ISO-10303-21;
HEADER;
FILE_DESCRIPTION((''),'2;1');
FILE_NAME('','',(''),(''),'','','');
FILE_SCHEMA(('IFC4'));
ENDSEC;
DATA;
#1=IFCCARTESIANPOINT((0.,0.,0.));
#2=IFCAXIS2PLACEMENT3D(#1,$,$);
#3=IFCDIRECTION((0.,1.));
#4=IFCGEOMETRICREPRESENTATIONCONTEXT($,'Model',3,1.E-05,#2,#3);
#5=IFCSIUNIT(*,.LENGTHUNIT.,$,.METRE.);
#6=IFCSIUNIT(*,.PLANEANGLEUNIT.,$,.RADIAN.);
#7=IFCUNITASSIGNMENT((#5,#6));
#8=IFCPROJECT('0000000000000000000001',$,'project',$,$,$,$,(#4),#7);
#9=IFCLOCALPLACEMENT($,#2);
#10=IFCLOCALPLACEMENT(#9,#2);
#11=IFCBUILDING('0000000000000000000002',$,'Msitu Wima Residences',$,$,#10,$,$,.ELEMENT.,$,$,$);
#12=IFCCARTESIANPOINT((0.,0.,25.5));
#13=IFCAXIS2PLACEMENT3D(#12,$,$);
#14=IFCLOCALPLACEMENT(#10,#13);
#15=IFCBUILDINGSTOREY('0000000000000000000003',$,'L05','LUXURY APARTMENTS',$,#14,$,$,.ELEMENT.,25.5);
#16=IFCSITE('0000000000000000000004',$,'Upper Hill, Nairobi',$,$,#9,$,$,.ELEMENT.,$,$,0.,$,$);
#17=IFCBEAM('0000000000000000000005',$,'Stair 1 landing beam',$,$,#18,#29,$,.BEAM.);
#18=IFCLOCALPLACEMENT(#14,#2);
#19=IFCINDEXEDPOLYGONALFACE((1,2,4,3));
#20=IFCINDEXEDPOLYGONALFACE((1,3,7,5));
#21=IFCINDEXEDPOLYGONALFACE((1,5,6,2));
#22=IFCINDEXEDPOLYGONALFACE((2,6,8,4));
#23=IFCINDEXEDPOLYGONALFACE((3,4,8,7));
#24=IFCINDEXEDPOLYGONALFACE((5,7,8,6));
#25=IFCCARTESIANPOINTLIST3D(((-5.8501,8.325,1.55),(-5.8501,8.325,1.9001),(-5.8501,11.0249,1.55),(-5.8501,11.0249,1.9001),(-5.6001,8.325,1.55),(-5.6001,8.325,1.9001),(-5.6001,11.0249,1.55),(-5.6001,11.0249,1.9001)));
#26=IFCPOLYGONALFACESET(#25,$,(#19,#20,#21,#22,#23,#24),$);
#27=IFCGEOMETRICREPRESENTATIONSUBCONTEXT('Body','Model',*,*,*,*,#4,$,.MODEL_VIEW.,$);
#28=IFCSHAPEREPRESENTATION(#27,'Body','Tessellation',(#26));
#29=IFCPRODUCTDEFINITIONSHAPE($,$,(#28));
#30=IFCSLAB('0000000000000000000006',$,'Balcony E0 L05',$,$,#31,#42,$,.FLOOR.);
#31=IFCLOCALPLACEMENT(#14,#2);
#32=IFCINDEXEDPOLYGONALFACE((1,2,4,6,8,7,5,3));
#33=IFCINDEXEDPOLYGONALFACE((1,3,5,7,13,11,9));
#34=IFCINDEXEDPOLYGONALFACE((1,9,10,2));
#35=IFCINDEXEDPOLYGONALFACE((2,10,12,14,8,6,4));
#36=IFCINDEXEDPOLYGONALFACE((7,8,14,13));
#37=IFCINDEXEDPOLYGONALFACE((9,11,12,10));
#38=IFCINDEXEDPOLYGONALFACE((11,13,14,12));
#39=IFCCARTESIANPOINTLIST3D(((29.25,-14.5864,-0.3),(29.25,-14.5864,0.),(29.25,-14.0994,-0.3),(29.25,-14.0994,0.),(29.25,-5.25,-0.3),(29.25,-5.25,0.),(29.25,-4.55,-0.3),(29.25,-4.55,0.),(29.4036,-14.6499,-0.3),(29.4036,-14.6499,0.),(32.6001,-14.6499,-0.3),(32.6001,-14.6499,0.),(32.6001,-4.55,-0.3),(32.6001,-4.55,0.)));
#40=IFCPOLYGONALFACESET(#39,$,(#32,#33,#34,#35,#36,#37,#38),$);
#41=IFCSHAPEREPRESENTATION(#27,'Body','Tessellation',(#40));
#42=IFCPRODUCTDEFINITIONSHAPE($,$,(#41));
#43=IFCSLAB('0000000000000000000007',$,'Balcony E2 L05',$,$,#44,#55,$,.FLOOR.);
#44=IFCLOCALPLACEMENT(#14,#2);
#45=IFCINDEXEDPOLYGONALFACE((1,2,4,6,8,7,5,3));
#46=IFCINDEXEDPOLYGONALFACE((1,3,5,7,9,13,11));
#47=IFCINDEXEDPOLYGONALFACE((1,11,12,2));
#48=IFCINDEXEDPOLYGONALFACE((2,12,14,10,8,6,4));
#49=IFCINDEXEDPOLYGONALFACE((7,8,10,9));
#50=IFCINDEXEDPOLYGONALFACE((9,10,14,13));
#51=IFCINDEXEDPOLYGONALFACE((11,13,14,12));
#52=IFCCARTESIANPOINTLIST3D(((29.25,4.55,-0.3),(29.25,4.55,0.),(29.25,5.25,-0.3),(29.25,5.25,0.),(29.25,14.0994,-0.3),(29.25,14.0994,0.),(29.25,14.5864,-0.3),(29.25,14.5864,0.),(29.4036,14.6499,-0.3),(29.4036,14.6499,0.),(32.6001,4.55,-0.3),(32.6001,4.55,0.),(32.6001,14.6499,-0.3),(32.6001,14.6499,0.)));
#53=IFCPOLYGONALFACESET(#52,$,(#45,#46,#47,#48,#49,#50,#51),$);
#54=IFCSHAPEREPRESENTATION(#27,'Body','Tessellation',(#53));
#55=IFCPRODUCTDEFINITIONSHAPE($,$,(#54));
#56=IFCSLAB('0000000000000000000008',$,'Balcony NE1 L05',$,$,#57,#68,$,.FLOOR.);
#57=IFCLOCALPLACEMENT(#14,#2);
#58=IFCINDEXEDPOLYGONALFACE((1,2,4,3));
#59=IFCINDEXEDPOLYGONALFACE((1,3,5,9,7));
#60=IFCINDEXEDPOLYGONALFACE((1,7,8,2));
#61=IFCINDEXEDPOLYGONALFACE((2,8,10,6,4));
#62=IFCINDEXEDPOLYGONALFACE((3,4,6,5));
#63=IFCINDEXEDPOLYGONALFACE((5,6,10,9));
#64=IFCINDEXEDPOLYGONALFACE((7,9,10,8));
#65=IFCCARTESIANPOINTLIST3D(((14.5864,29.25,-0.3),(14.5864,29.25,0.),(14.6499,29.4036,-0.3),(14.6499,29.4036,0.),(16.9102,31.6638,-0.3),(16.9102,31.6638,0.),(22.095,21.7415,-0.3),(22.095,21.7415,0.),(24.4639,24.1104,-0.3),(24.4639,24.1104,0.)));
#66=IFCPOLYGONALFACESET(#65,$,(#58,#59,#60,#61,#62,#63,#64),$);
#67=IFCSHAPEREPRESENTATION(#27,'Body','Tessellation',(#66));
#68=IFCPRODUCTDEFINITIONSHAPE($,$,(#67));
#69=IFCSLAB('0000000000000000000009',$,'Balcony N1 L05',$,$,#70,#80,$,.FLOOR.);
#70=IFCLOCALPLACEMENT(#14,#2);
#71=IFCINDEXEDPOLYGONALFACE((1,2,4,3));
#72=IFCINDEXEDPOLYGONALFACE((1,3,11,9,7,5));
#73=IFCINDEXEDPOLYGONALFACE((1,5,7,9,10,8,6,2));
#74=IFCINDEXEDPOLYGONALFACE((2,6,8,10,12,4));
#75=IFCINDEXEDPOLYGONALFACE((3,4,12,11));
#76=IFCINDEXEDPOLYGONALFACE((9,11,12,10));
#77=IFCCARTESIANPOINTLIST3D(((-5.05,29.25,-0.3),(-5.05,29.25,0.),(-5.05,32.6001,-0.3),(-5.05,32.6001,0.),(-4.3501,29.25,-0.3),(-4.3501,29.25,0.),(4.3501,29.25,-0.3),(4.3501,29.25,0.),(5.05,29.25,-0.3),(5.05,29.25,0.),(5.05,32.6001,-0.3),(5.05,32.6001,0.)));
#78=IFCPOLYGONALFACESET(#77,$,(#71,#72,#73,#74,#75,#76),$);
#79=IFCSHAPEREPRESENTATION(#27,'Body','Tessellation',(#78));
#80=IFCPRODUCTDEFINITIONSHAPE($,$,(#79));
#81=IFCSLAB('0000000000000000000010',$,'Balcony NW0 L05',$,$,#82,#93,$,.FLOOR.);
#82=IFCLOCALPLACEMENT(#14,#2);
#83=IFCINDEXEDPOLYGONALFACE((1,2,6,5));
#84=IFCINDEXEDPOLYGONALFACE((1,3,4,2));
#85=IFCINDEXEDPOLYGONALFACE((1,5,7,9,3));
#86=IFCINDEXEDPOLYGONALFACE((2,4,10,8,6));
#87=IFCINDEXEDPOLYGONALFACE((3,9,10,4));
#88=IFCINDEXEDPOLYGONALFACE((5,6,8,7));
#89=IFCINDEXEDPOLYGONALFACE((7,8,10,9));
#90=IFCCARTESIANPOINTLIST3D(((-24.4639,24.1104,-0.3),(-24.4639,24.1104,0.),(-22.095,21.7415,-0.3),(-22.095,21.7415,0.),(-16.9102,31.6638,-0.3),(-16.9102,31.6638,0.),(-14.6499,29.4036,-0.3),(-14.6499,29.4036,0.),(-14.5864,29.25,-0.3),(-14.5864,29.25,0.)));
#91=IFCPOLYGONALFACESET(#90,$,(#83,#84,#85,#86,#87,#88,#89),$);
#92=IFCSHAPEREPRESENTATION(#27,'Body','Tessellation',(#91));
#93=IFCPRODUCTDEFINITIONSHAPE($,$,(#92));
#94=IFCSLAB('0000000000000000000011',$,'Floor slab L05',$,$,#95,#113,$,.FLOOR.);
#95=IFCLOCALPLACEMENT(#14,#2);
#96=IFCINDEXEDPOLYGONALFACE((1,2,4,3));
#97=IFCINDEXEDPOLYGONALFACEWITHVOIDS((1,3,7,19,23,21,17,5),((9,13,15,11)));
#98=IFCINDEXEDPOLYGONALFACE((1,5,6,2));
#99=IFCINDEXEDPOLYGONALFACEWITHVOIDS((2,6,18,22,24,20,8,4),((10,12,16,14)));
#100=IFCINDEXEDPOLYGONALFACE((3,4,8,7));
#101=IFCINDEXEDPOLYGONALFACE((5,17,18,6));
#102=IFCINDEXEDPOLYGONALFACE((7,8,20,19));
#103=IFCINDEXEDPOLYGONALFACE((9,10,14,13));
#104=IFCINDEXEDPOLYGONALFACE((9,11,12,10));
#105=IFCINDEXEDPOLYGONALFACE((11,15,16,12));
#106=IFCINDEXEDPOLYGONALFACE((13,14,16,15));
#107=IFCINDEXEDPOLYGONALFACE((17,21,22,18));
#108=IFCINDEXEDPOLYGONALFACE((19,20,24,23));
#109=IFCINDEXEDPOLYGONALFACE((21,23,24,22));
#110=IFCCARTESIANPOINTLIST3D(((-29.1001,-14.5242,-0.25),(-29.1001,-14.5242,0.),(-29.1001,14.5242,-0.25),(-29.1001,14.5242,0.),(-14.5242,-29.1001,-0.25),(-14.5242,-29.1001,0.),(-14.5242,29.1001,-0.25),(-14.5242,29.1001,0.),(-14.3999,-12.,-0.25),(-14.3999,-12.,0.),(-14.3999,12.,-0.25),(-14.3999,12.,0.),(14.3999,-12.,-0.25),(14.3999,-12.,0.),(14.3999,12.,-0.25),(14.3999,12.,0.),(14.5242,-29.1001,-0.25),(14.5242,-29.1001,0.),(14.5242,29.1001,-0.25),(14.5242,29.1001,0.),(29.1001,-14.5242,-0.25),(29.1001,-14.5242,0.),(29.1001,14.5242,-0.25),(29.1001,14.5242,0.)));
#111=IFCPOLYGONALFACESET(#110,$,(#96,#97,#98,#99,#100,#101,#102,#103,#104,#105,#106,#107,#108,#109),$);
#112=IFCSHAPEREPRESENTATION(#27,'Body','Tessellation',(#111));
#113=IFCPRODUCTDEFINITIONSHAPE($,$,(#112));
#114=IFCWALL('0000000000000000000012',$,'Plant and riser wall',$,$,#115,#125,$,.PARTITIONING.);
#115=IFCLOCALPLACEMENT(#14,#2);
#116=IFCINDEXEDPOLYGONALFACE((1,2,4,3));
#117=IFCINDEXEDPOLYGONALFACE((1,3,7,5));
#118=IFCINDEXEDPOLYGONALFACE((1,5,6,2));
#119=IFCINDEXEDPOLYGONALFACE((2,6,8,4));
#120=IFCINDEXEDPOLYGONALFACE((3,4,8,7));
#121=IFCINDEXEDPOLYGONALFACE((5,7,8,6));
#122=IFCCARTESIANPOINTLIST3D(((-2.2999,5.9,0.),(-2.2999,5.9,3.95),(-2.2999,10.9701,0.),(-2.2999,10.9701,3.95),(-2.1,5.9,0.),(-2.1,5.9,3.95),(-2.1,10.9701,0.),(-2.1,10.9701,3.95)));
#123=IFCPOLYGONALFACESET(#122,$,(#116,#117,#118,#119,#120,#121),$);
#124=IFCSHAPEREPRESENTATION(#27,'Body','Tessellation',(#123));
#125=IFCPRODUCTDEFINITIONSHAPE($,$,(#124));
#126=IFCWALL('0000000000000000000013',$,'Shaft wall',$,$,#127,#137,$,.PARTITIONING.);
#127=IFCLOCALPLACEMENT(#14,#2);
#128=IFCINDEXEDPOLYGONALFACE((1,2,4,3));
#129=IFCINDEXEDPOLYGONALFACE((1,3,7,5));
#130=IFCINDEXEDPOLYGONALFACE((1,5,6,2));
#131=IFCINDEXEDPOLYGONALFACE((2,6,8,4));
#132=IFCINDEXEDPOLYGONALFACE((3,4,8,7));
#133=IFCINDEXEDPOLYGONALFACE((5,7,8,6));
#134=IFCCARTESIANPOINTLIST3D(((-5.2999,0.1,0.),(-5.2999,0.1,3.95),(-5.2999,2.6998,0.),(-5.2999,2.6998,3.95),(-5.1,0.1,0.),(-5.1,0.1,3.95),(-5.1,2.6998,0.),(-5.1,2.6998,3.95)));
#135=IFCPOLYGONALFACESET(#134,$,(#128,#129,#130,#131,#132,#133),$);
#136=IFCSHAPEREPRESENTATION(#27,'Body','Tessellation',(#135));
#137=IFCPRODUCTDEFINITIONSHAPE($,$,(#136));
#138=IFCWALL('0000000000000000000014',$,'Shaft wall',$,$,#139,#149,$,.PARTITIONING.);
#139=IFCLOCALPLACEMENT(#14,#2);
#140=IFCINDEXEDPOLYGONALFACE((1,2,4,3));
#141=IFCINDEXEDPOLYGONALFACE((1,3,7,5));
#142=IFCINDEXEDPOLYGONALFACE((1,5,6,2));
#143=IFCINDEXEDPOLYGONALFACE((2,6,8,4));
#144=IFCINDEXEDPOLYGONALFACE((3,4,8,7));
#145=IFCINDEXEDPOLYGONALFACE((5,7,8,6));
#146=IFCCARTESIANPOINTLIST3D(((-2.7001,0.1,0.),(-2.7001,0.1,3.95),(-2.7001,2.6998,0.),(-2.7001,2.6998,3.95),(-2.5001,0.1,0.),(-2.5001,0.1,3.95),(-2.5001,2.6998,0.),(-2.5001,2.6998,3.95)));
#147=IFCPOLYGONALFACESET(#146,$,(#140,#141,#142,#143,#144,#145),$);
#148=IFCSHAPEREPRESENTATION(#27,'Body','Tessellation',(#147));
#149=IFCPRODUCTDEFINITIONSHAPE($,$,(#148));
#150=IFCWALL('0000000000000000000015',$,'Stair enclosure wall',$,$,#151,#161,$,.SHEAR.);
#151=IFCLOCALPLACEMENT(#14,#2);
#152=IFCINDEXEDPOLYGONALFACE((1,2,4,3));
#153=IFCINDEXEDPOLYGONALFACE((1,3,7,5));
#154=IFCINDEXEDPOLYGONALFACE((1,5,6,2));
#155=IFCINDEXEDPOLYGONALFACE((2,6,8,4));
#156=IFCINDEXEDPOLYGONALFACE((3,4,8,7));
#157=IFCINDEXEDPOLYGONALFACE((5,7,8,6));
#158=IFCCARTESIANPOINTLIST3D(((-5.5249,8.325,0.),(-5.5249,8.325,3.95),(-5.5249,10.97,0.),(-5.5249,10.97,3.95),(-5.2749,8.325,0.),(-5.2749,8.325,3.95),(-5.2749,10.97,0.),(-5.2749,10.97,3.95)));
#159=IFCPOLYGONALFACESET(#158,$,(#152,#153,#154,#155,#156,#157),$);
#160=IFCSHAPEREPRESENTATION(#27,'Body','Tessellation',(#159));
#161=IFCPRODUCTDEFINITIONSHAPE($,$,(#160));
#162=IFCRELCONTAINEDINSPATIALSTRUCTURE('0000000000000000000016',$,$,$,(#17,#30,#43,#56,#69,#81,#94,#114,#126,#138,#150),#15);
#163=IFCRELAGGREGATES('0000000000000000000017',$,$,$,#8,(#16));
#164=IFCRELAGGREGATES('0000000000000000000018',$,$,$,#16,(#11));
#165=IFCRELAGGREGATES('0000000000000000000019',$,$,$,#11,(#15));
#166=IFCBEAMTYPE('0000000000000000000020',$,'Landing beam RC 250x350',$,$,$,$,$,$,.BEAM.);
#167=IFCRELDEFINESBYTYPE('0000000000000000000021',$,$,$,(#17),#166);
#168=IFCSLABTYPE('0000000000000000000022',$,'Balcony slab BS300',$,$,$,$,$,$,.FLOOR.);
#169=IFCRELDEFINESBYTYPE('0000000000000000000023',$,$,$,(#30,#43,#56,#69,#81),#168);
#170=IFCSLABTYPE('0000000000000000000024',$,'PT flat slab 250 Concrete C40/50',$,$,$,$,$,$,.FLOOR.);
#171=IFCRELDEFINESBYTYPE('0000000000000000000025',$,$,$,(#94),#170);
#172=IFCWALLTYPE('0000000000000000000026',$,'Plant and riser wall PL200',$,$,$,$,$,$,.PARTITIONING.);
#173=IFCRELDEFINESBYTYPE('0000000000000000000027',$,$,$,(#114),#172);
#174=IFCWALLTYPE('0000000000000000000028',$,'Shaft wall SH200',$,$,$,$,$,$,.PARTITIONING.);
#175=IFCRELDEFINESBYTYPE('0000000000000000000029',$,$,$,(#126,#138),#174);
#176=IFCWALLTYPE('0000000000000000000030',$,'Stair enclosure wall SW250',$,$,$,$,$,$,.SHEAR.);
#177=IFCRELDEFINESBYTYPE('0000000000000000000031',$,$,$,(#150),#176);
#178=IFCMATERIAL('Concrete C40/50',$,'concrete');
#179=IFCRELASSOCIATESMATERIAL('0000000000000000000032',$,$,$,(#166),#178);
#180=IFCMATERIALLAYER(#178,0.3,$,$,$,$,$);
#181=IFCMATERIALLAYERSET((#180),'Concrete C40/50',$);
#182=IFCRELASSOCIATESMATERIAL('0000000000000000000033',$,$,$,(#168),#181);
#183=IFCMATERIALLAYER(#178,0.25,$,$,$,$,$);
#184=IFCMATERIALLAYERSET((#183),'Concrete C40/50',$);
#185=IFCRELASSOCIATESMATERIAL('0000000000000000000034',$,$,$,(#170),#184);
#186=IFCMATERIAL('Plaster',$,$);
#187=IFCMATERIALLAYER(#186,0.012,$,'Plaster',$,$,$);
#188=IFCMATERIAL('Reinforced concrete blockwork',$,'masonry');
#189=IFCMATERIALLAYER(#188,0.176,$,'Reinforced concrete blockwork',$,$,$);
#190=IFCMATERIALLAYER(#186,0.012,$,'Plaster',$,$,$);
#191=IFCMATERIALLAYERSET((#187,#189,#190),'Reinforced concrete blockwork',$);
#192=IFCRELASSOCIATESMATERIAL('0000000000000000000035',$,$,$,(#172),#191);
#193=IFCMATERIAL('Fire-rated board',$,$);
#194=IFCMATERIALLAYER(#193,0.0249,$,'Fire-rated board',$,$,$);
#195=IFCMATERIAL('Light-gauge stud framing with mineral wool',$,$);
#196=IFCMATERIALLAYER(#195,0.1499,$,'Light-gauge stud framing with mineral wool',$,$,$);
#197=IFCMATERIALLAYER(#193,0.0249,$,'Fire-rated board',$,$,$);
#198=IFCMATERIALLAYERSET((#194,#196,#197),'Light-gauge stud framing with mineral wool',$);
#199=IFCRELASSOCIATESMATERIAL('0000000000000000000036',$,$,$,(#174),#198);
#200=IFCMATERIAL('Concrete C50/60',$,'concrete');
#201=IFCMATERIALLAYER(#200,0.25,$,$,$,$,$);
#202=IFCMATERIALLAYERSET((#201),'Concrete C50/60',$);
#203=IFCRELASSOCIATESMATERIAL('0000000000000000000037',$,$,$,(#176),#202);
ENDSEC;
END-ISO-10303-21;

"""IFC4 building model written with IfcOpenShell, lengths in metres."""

from ifc_helpers import new_model, si_unit, direction, frame, frame_2d, origin, origin_2d, place, context, subcontext, project, spatial, polyline, rectangle, outline, extrude, material, layer, layer_set, material_profile, profile_set, type_object, element, save


model = new_model("IFC4")

# Units and contexts
model_context = context("Model", 3, precision=1e-05, world=origin(), true_north=direction((0.0, 1.0)))
body_context = subcontext(model_context, "Body", "Model", "MODEL_VIEW")
ifc_project = project(units=[si_unit("LENGTHUNIT", "METRE"), si_unit("PLANEANGLEUNIT", "RADIAN")], contexts=[model_context])

# Site, building, storey
site_placement = place(None, origin())
site = spatial("IfcSite", under=ifc_project, at=site_placement, Name="Upper Hill, Nairobi", CompositionType="ELEMENT", RefElevation=0.0)
building_placement = place(site_placement, origin())
building = spatial("IfcBuilding", under=site, at=building_placement, Name="Msitu Wima Residences", CompositionType="ELEMENT")
storey_placement = place(building_placement, frame((0.0, 0.0, 25.5)))
storey = spatial("IfcBuildingStorey", under=building, at=storey_placement, Name="L05", Description="LUXURY APARTMENTS", CompositionType="ELEMENT", Elevation=25.5)

# Beam
ifc_material_1 = material(Name="Concrete C40/50", Category="concrete")
ifc_material_profile = material_profile(ifc_material_1, rectangle(XDim=0.25, YDim=0.3501, at=origin_2d()), Name="RC 250x350")
ifc_profile_set = profile_set([ifc_material_profile], Name="Concrete C40/50")
beam_type = type_object("IfcBeamType", Name="Landing beam RC 250x350", PredefinedType="BEAM", material=ifc_profile_set)
beam_placement = place(storey_placement, frame((-5.7251, 8.325, 1.7251), z_axis=(0.0, 1.0, 0.0), x_axis=(-1.0, 0.0, 0.0)))
element("IfcBeam", 1, at=beam_placement, inside=storey, type_object=beam_type, Name="Stair 1 landing beam", PredefinedType="BEAM", context=body_context, shape_type="SweptSolid", body=[
    extrude(rectangle(XDim=0.25, YDim=0.3501, at=origin_2d()), origin(), (0.0, 0.0, 1.0), 2.7),
])

# Slabs
ifc_layer_1 = layer(ifc_material_1, 0.3)
ifc_layer_set_1 = layer_set([ifc_layer_1], Name="Concrete C40/50")
slab_type_1 = type_object("IfcSlabType", Name="Balcony slab BS300", PredefinedType="FLOOR", material=ifc_layer_set_1)
slab_1_placement = place(storey_placement, frame((0.0, 0.0, -0.3)))
element("IfcSlab", 2, at=slab_1_placement, inside=storey, type_object=slab_type_1, Name="Balcony E0 L05", PredefinedType="FLOOR", context=body_context, shape_type="SweptSolid", body=[
    extrude(outline(polyline([(29.25, -14.0994), (29.25, -14.0994), (29.25, -5.25), (29.25, -4.55), (32.6001, -4.55), (32.6001, -14.6499), (29.4036, -14.6499), (29.25, -14.5864), (29.25, -14.0994), (29.25, -14.0994)])), origin(), (0.0, 0.0, 1.0), 0.3),
])
slab_2_placement = place(storey_placement, frame((0.0, 0.0, -0.3)))
element("IfcSlab", 3, at=slab_2_placement, inside=storey, type_object=slab_type_1, Name="Balcony E2 L05", PredefinedType="FLOOR", context=body_context, shape_type="SweptSolid", body=[
    extrude(outline(polyline([(29.25, 14.0994), (29.25, 14.0994), (29.25, 14.0994), (29.25, 14.5864), (29.4036, 14.6499), (32.6001, 14.6499), (32.6001, 4.55), (29.25, 4.55), (29.25, 5.25), (29.25, 14.0994)])), origin(), (0.0, 0.0, 1.0), 0.3),
])
slab_3_placement = place(storey_placement, frame((0.0, 0.0, -0.3)))
element("IfcSlab", 4, at=slab_3_placement, inside=storey, type_object=slab_type_1, Name="Balcony NE1 L05", PredefinedType="FLOOR", context=body_context, shape_type="SweptSolid", body=[
    extrude(outline(polyline([(16.9102, 31.6638), (24.4639, 24.1104), (22.095, 21.7415), (14.5864, 29.25), (14.6499, 29.4036), (16.9102, 31.6638)])), origin(), (0.0, 0.0, 1.0), 0.3),
])
slab_4_placement = place(storey_placement, frame((0.0, 0.0, -0.3)))
element("IfcSlab", 5, at=slab_4_placement, inside=storey, type_object=slab_type_1, Name="Balcony N1 L05", PredefinedType="FLOOR", context=body_context, shape_type="SweptSolid", body=[
    extrude(outline(polyline([(4.3501, 29.25), (-4.3501, 29.25), (-5.05, 29.25), (-5.05, 32.6001), (5.05, 32.6001), (5.05, 29.25), (4.3501, 29.25)])), origin(), (0.0, 0.0, 1.0), 0.3),
])
slab_5_placement = place(storey_placement, frame((0.0, 0.0, -0.3)))
element("IfcSlab", 6, at=slab_5_placement, inside=storey, type_object=slab_type_1, Name="Balcony NW0 L05", PredefinedType="FLOOR", context=body_context, shape_type="SweptSolid", body=[
    extrude(outline(polyline([(-24.4639, 24.1104), (-16.9102, 31.6638), (-14.6499, 29.4036), (-14.5864, 29.25), (-22.095, 21.7415), (-24.4639, 24.1104)])), origin(), (0.0, 0.0, 1.0), 0.3),
])
ifc_layer_2 = layer(ifc_material_1, 0.25)
ifc_layer_set_2 = layer_set([ifc_layer_2], Name="Concrete C40/50")
slab_type_2 = type_object("IfcSlabType", Name="PT flat slab 250 Concrete C40/50", PredefinedType="FLOOR", material=ifc_layer_set_2)
slab_6_placement = place(storey_placement, frame((0.0, 0.0, -0.25)))
element("IfcSlab", 7, at=slab_6_placement, inside=storey, type_object=slab_type_2, Name="Floor slab L05", PredefinedType="FLOOR", context=body_context, shape_type="SweptSolid", body=[
    extrude(outline(polyline([(29.1001, -14.5242), (14.5242, -29.1001), (-14.5242, -29.1001), (-29.1001, -14.5242), (-29.1001, 14.5242), (-14.5242, 29.1001), (14.5242, 29.1001), (29.1001, 14.5242), (29.1001, -14.5242)]), holes=[polyline([(-14.3999, -12.0), (14.3999, -12.0), (14.3999, 12.0), (-14.3999, 12.0), (-14.3999, -12.0)])]), origin(), (0.0, 0.0, 1.0), 0.25),
])

# Walls
ifc_material_2 = material(Name="Plaster")
ifc_layer_3 = layer(ifc_material_2, 0.012, Name="Plaster")
ifc_material_3 = material(Name="Reinforced concrete blockwork", Category="masonry")
ifc_layer_4 = layer(ifc_material_3, 0.176, Name="Reinforced concrete blockwork")
ifc_layer_5 = layer(ifc_material_2, 0.012, Name="Plaster")
ifc_layer_set_3 = layer_set([ifc_layer_3, ifc_layer_4, ifc_layer_5], Name="Reinforced concrete blockwork")
wall_type_1 = type_object("IfcWallType", Name="Plant and riser wall PL200", PredefinedType="PARTITIONING", material=ifc_layer_set_3)
wall_1_placement = place(storey_placement, frame((-2.2, 5.8999, 0.0), z_axis=(0.0, 0.0, 1.0), x_axis=(0.0, 1.0, 0.0)))
element("IfcWall", 8, at=wall_1_placement, inside=storey, type_object=wall_type_1, Name="Plant and riser wall", PredefinedType="PARTITIONING", context=body_context, shape_type="SweptSolid", body=[
    extrude(rectangle(XDim=5.0701, YDim=0.2, at=frame_2d((2.5352, 0.0))), origin(), (0.0, 0.0, 1.0), 3.95),
])
ifc_material_4 = material(Name="Fire-rated board")
ifc_layer_6 = layer(ifc_material_4, 0.0249, Name="Fire-rated board")
ifc_material_5 = material(Name="Light-gauge stud framing with mineral wool")
ifc_layer_7 = layer(ifc_material_5, 0.1499, Name="Light-gauge stud framing with mineral wool")
ifc_layer_8 = layer(ifc_material_4, 0.0249, Name="Fire-rated board")
ifc_layer_set_4 = layer_set([ifc_layer_6, ifc_layer_7, ifc_layer_8], Name="Light-gauge stud framing with mineral wool")
wall_type_2 = type_object("IfcWallType", Name="Shaft wall SH200", PredefinedType="PARTITIONING", material=ifc_layer_set_4)
for number, where, z_axis, x_axis, name in (
    (9, (-5.2, 0.1001, 0.0), (0.0, 0.0, 1.0), (0.0, 1.0, 0.0), "Shaft wall"),
    (10, (-2.6001, 0.1001, 0.0), (0.0, 0.0, 1.0), (0.0, 1.0, 0.0), "Shaft wall"),
):
    element("IfcWall", number, at=place(storey_placement, frame(where, z_axis=z_axis, x_axis=x_axis)), inside=storey, type_object=wall_type_2, Name=name, PredefinedType="PARTITIONING", context=body_context, shape_type="SweptSolid", body=[
        extrude(rectangle(XDim=2.5999, YDim=0.2, at=frame_2d((1.2998, 0.0))), origin(), (0.0, 0.0, 1.0), 3.95),
    ])
ifc_material_6 = material(Name="Concrete C50/60", Category="concrete")
ifc_layer_9 = layer(ifc_material_6, 0.25)
ifc_layer_set_5 = layer_set([ifc_layer_9], Name="Concrete C50/60")
wall_type_3 = type_object("IfcWallType", Name="Stair enclosure wall SW250", PredefinedType="SHEAR", material=ifc_layer_set_5)
wall_2_placement = place(storey_placement, frame((-5.3999, 8.325, 0.0), z_axis=(0.0, 0.0, 1.0), x_axis=(0.0, 1.0, 0.0)))
element("IfcWall", 11, at=wall_2_placement, inside=storey, type_object=wall_type_3, Name="Stair enclosure wall", PredefinedType="SHEAR", context=body_context, shape_type="SweptSolid", body=[
    extrude(rectangle(XDim=2.645, YDim=0.25, at=frame_2d((1.3225, 0.0))), origin(), (0.0, 0.0, 1.0), 3.95),
])

save(model, "model.ifc")
